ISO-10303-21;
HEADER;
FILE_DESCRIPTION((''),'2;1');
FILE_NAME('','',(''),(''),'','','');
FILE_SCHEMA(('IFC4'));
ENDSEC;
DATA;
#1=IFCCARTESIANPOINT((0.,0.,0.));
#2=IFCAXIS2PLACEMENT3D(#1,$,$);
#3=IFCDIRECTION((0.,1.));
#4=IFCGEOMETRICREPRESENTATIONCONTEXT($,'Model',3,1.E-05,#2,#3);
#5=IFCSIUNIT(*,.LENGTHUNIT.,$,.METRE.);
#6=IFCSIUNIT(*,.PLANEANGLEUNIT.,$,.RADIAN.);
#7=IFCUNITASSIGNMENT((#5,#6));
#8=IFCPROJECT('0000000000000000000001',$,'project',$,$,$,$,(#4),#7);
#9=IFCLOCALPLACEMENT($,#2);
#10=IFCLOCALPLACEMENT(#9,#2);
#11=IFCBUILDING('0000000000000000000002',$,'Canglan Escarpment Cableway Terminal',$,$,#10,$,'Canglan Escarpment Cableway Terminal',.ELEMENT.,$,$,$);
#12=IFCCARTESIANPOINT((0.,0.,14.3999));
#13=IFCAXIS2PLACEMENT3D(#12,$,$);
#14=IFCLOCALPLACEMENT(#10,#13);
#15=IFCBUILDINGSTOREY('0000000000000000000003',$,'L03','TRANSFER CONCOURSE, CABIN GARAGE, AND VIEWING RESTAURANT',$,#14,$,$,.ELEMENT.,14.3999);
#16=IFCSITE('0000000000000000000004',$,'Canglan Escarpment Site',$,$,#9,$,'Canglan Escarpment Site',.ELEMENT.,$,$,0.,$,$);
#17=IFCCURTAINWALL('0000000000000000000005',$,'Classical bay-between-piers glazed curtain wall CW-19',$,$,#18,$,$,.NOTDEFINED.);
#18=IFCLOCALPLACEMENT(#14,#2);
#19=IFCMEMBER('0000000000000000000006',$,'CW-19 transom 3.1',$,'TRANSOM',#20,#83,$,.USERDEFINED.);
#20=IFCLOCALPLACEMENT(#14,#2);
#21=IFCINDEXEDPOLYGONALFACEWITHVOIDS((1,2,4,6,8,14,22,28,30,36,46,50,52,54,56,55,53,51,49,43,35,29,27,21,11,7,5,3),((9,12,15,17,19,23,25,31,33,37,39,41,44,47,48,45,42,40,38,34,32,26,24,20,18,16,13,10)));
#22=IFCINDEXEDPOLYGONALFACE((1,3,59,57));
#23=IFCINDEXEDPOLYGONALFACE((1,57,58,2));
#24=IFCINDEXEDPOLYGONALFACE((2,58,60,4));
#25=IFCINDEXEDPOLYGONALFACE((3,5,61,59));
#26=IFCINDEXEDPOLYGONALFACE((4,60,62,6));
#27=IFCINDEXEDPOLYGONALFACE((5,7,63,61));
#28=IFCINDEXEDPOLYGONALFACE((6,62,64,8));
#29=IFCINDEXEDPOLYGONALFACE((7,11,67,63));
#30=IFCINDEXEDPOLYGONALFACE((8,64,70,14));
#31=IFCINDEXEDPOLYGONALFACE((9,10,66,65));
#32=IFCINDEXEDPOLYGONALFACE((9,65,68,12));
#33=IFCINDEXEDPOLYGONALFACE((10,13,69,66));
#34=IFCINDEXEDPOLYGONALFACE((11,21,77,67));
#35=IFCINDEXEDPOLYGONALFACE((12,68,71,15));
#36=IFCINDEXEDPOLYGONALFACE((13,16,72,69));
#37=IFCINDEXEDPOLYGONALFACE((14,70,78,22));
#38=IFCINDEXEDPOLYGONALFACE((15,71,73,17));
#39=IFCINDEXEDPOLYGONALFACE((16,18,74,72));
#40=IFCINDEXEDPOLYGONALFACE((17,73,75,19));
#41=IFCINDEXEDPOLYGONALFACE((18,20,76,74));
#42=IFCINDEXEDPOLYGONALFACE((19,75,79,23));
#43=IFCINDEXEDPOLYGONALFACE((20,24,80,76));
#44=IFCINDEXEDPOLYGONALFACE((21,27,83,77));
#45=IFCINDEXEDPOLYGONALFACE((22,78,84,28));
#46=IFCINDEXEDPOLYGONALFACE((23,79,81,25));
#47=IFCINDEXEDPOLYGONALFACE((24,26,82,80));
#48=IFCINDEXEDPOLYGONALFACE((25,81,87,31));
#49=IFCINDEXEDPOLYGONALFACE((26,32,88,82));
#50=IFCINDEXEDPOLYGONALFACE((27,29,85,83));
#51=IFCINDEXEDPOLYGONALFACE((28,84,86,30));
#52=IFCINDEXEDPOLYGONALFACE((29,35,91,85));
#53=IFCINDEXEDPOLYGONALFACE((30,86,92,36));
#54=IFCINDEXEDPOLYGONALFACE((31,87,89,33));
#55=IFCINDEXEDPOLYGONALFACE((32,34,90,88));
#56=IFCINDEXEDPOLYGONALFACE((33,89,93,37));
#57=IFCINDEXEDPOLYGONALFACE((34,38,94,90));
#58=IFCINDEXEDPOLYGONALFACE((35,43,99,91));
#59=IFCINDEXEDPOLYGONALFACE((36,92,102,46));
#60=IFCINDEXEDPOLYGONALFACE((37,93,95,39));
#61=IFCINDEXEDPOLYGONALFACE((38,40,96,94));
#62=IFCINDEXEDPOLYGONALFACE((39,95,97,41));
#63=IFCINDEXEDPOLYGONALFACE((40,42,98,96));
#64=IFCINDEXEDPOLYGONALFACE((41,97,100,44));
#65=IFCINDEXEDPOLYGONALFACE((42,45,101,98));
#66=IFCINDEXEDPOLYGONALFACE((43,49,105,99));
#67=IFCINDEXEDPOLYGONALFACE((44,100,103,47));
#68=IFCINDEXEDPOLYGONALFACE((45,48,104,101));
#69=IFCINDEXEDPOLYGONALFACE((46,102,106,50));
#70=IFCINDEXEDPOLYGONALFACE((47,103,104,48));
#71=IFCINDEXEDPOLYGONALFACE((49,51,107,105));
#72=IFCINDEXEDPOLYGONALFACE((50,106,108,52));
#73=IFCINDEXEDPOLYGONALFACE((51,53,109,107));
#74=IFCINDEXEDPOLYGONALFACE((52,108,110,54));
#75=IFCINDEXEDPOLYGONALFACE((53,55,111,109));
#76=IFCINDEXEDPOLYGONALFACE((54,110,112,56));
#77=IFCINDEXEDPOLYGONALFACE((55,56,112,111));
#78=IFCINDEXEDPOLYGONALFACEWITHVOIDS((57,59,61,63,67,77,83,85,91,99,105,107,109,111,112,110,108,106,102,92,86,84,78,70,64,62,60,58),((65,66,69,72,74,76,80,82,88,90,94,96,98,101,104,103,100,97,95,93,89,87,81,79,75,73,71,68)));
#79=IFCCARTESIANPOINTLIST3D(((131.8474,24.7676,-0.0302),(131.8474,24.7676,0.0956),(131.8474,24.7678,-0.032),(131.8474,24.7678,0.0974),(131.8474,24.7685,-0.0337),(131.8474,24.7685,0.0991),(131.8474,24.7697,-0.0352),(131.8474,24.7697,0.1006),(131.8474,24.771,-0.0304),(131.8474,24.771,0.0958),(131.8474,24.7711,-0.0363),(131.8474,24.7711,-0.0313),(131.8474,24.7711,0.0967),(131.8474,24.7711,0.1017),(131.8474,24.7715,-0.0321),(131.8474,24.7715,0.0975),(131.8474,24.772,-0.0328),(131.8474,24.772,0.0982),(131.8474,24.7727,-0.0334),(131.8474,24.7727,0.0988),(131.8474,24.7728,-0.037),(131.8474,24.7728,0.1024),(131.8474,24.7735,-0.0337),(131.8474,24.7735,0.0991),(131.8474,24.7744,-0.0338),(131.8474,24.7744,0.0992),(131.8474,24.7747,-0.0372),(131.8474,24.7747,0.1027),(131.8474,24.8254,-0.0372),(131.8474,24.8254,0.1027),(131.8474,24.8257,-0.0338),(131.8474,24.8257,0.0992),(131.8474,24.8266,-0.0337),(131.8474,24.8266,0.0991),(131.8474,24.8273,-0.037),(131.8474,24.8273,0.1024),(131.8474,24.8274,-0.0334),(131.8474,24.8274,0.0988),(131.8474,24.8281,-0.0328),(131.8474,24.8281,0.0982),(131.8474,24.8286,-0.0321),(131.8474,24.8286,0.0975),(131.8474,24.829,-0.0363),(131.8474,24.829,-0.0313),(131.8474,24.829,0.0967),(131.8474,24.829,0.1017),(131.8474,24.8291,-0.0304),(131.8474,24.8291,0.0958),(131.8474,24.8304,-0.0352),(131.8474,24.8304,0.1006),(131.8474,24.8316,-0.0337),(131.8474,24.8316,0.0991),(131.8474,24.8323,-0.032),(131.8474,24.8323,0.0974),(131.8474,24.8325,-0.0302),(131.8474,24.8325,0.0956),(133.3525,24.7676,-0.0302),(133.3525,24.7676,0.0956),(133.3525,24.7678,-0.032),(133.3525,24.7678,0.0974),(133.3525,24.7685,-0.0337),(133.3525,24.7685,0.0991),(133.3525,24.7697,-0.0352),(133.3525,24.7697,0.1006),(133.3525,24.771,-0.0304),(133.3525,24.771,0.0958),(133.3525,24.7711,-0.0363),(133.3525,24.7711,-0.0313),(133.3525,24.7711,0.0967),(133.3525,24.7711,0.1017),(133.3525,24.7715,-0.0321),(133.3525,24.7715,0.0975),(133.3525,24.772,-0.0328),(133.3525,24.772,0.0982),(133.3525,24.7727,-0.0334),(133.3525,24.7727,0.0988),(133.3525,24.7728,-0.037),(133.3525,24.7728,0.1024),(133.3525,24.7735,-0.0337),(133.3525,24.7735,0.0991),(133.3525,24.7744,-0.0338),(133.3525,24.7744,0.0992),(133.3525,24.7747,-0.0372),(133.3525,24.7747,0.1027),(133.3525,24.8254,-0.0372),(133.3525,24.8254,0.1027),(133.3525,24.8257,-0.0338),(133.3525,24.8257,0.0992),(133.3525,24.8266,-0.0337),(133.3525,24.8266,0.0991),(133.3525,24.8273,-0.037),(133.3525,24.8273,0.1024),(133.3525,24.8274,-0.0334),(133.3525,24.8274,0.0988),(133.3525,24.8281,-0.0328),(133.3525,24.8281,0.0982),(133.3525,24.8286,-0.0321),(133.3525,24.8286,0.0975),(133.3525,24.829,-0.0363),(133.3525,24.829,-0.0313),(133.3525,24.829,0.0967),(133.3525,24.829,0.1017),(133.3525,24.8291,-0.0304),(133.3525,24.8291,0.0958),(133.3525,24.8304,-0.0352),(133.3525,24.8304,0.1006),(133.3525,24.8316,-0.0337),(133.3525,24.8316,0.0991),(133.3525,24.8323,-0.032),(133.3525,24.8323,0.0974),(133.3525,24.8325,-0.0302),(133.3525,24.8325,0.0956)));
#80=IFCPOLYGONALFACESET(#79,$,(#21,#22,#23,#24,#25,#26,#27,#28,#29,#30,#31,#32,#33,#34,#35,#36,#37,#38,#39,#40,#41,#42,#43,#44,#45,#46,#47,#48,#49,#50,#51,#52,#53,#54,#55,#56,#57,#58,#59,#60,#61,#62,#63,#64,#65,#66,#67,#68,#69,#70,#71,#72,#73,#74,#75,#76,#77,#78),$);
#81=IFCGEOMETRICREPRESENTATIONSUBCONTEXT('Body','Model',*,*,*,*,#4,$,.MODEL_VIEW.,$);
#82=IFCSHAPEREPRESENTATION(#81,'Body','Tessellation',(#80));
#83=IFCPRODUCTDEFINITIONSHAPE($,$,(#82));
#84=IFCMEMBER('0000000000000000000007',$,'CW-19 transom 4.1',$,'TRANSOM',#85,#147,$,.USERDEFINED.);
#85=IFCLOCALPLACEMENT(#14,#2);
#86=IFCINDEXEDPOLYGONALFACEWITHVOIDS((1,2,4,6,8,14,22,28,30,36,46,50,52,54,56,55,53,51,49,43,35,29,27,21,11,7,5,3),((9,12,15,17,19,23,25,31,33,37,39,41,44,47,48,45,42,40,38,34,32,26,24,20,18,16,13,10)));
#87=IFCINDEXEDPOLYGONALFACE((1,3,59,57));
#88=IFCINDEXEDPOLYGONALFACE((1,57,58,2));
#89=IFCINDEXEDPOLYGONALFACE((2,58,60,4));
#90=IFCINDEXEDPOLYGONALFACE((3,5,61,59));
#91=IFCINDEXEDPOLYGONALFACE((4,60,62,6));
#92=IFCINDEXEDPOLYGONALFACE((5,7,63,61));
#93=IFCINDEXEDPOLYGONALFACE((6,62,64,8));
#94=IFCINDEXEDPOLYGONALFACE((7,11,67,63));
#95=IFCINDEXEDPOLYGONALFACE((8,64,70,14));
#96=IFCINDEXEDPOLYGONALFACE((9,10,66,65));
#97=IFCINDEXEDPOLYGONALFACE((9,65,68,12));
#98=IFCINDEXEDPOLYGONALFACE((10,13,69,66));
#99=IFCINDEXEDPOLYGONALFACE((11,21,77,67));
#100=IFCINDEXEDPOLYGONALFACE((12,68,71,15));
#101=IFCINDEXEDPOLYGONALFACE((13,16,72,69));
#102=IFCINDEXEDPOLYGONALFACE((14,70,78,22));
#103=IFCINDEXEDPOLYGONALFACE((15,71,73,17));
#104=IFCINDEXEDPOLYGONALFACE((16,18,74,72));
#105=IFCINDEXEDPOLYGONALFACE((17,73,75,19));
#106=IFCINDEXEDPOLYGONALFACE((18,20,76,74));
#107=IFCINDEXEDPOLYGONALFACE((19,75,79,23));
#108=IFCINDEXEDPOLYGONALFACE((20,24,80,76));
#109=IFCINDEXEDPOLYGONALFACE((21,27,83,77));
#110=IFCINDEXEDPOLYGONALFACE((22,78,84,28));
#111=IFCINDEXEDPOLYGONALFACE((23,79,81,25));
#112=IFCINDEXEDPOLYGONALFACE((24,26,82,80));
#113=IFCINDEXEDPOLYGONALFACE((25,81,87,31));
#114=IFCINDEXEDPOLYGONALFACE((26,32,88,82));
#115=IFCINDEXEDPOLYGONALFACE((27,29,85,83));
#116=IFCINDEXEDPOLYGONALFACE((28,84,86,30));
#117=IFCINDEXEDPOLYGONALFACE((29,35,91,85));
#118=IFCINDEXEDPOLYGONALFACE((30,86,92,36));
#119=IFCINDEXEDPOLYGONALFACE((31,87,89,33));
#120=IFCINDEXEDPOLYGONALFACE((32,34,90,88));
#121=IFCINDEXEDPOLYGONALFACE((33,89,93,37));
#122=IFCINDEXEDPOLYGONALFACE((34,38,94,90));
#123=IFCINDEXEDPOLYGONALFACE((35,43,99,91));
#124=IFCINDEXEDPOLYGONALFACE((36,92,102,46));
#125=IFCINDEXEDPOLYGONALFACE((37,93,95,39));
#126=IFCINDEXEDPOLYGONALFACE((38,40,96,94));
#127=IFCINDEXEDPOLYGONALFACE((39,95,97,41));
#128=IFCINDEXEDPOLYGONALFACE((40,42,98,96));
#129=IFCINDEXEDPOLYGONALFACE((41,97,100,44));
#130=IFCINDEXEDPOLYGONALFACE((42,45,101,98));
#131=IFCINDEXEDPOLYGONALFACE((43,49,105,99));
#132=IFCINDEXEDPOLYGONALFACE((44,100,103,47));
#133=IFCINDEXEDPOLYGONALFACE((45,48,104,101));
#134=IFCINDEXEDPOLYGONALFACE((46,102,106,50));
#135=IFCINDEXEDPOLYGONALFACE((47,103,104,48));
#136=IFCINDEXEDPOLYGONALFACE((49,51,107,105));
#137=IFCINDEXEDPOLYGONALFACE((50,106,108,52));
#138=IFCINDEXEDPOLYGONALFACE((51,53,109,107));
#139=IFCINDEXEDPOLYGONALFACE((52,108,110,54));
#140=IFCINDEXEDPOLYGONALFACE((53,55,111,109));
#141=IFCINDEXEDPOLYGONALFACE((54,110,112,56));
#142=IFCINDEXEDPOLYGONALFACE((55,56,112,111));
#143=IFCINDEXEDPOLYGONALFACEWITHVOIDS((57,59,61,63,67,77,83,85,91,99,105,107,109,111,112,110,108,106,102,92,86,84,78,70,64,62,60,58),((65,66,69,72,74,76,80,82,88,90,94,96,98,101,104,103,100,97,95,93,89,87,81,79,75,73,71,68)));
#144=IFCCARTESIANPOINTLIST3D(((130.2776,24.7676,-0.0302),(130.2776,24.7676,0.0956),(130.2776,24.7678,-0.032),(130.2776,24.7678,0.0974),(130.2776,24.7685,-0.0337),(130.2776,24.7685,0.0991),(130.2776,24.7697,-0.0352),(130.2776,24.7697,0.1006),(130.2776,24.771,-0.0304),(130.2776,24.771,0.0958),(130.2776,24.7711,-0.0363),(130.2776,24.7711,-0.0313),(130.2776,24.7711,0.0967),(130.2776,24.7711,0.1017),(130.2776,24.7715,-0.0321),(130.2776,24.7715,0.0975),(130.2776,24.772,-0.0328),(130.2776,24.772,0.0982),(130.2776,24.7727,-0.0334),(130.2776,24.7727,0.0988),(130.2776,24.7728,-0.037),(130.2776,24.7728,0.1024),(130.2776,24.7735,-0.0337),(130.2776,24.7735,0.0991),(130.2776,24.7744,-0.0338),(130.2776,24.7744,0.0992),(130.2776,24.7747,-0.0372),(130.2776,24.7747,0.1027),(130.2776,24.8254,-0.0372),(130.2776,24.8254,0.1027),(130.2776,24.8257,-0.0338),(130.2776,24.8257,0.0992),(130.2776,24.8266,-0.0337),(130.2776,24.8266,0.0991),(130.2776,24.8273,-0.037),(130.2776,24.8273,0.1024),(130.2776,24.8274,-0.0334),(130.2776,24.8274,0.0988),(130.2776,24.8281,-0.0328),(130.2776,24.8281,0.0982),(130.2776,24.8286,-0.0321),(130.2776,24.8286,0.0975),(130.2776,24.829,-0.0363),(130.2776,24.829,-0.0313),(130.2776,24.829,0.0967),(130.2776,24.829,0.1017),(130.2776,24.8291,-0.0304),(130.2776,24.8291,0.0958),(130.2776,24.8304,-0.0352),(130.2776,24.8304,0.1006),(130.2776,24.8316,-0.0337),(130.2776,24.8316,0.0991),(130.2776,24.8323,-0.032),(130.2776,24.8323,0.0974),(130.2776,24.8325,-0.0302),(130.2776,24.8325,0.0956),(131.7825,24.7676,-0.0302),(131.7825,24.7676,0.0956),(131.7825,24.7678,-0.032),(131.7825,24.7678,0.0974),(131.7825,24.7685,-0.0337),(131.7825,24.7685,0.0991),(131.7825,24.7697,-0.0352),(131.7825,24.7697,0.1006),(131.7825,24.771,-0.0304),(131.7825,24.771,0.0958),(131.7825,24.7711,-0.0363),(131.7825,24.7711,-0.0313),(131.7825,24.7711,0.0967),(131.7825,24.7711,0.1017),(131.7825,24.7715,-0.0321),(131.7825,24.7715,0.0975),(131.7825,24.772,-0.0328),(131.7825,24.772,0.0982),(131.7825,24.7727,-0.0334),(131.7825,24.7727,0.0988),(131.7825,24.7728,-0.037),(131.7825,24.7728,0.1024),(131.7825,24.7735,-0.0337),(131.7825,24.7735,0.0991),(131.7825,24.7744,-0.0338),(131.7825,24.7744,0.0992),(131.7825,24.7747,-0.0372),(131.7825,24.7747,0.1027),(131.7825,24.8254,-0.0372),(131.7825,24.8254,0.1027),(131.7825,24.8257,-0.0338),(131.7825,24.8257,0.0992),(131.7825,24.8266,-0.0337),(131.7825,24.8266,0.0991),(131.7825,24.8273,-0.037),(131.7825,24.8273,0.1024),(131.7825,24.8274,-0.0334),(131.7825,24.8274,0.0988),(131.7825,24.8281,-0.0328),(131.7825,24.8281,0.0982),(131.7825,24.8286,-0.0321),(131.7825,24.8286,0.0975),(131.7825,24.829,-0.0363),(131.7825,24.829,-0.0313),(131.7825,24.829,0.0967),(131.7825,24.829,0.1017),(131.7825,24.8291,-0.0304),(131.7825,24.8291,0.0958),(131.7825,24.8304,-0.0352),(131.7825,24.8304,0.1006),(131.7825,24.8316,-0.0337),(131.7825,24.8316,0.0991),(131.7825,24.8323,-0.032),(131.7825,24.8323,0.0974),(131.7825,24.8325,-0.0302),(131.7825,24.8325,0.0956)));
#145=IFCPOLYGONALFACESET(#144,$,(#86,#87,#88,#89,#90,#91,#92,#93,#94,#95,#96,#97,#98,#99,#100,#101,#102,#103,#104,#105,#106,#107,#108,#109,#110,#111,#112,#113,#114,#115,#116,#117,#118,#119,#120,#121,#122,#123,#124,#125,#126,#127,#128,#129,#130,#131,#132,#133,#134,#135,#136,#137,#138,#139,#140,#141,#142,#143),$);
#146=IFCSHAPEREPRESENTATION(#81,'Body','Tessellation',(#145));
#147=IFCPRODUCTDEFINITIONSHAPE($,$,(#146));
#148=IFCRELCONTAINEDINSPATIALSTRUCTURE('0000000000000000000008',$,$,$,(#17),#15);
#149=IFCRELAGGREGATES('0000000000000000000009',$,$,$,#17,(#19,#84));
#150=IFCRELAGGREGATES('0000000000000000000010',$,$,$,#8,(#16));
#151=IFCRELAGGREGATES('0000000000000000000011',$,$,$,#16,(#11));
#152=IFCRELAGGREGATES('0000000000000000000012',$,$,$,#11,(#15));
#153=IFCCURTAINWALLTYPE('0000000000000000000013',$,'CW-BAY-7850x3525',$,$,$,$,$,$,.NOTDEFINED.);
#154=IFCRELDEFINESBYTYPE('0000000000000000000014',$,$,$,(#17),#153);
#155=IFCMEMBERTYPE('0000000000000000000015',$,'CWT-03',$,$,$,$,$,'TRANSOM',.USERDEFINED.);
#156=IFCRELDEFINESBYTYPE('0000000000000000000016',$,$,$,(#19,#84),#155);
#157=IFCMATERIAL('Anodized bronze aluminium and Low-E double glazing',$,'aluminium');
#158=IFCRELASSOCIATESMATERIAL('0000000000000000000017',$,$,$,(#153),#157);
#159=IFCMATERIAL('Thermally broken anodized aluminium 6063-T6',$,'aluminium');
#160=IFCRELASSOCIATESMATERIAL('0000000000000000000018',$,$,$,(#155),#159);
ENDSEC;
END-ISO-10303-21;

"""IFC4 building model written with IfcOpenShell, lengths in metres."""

from ifc_helpers import new_model, si_unit, direction, frame, origin, origin_2d, place, context, subcontext, project, spatial, hollow_rectangle, extrude, material, material_profile, profile_set, type_object, element, aggregate, save


model = new_model("IFC4")

# Units and contexts
model_context = context("Model", 3, precision=1e-05, world=origin(), true_north=direction((0.0, 1.0)))
body_context = subcontext(model_context, "Body", "Model", "MODEL_VIEW")
ifc_project = project(units=[si_unit("LENGTHUNIT", "METRE"), si_unit("PLANEANGLEUNIT", "RADIAN")], contexts=[model_context])

# Site, building, storey
site_placement = place(None, origin())
site = spatial("IfcSite", under=ifc_project, at=site_placement, Name="Canglan Escarpment Site", LongName="Canglan Escarpment Site", CompositionType="ELEMENT", RefElevation=0.0)
building_placement = place(site_placement, origin())
building = spatial("IfcBuilding", under=site, at=building_placement, Name="Canglan Escarpment Cableway Terminal", LongName="Canglan Escarpment Cableway Terminal", CompositionType="ELEMENT")
storey_placement = place(building_placement, frame((0.0, 0.0, 14.3999)))
storey = spatial("IfcBuildingStorey", under=building, at=storey_placement, Name="L03", Description="TRANSFER CONCOURSE, CABIN GARAGE, AND VIEWING RESTAURANT", CompositionType="ELEMENT", Elevation=14.3999)

# Shared definitions
ifc_material_1 = material(Name="Anodized bronze aluminium and Low-E double glazing", Category="aluminium")
ifc_material_2 = material(Name="Thermally broken anodized aluminium 6063-T6", Category="aluminium")

# Curtain wall
curtain_wall_type_1 = type_object("IfcCurtainWallType", Name="CW-BAY-7850x3525", PredefinedType="NOTDEFINED", material=ifc_material_1)
curtain_wall_1_placement = place(storey_placement, origin())
curtain_wall_1 = element("IfcCurtainWall", 1, at=curtain_wall_1_placement, inside=storey, type_object=curtain_wall_type_1, Name="Classical bay-between-piers glazed curtain wall CW-19", PredefinedType="NOTDEFINED")

# Members
ifc_material_profile_1 = material_profile(ifc_material_2, hollow_rectangle(XDim=0.0649, YDim=0.1399, WallThickness=0.0034, InnerFilletRadius=0.0034, OuterFilletRadius=0.0071, at=origin_2d()), Name="ALU-TRAN 65x140x3.5")
ifc_profile_set_1 = profile_set([ifc_material_profile_1], Name="Thermally broken anodized aluminium 6063-T6")
member_type_1 = type_object("IfcMemberType", Name="CWT-03", ElementType="TRANSOM", PredefinedType="USERDEFINED", material=ifc_profile_set_1)
member_1_placement = place(storey_placement, frame((133.3525, 24.8, 0.0327), z_axis=(-1.0, 0.0, 0.0), x_axis=(0.0, -1.0, 0.0)))
member_1 = element("IfcMember", 2, at=member_1_placement, type_object=member_type_1, Name="CW-19 transom 3.1", ObjectType="TRANSOM", PredefinedType="USERDEFINED", context=body_context, shape_type="SweptSolid", body=[
    extrude(hollow_rectangle(XDim=0.0649, YDim=0.1399, WallThickness=0.0034, InnerFilletRadius=0.0034, OuterFilletRadius=0.0071, at=origin_2d()), origin(), (0.0, 0.0, 1.0), 1.5051),
])
member_2_placement = place(storey_placement, frame((131.7825, 24.8, 0.0327), z_axis=(-1.0, 0.0, 0.0), x_axis=(0.0, -1.0, 0.0)))
member_2 = element("IfcMember", 3, at=member_2_placement, type_object=member_type_1, Name="CW-19 transom 4.1", ObjectType="TRANSOM", PredefinedType="USERDEFINED", context=body_context, shape_type="SweptSolid", body=[
    extrude(hollow_rectangle(XDim=0.0649, YDim=0.1399, WallThickness=0.0034, InnerFilletRadius=0.0034, OuterFilletRadius=0.0071, at=origin_2d()), origin(), (0.0, 0.0, 1.0), 1.5049),
])

aggregate(curtain_wall_1, [member_1, member_2])

save(model, "model.ifc")
